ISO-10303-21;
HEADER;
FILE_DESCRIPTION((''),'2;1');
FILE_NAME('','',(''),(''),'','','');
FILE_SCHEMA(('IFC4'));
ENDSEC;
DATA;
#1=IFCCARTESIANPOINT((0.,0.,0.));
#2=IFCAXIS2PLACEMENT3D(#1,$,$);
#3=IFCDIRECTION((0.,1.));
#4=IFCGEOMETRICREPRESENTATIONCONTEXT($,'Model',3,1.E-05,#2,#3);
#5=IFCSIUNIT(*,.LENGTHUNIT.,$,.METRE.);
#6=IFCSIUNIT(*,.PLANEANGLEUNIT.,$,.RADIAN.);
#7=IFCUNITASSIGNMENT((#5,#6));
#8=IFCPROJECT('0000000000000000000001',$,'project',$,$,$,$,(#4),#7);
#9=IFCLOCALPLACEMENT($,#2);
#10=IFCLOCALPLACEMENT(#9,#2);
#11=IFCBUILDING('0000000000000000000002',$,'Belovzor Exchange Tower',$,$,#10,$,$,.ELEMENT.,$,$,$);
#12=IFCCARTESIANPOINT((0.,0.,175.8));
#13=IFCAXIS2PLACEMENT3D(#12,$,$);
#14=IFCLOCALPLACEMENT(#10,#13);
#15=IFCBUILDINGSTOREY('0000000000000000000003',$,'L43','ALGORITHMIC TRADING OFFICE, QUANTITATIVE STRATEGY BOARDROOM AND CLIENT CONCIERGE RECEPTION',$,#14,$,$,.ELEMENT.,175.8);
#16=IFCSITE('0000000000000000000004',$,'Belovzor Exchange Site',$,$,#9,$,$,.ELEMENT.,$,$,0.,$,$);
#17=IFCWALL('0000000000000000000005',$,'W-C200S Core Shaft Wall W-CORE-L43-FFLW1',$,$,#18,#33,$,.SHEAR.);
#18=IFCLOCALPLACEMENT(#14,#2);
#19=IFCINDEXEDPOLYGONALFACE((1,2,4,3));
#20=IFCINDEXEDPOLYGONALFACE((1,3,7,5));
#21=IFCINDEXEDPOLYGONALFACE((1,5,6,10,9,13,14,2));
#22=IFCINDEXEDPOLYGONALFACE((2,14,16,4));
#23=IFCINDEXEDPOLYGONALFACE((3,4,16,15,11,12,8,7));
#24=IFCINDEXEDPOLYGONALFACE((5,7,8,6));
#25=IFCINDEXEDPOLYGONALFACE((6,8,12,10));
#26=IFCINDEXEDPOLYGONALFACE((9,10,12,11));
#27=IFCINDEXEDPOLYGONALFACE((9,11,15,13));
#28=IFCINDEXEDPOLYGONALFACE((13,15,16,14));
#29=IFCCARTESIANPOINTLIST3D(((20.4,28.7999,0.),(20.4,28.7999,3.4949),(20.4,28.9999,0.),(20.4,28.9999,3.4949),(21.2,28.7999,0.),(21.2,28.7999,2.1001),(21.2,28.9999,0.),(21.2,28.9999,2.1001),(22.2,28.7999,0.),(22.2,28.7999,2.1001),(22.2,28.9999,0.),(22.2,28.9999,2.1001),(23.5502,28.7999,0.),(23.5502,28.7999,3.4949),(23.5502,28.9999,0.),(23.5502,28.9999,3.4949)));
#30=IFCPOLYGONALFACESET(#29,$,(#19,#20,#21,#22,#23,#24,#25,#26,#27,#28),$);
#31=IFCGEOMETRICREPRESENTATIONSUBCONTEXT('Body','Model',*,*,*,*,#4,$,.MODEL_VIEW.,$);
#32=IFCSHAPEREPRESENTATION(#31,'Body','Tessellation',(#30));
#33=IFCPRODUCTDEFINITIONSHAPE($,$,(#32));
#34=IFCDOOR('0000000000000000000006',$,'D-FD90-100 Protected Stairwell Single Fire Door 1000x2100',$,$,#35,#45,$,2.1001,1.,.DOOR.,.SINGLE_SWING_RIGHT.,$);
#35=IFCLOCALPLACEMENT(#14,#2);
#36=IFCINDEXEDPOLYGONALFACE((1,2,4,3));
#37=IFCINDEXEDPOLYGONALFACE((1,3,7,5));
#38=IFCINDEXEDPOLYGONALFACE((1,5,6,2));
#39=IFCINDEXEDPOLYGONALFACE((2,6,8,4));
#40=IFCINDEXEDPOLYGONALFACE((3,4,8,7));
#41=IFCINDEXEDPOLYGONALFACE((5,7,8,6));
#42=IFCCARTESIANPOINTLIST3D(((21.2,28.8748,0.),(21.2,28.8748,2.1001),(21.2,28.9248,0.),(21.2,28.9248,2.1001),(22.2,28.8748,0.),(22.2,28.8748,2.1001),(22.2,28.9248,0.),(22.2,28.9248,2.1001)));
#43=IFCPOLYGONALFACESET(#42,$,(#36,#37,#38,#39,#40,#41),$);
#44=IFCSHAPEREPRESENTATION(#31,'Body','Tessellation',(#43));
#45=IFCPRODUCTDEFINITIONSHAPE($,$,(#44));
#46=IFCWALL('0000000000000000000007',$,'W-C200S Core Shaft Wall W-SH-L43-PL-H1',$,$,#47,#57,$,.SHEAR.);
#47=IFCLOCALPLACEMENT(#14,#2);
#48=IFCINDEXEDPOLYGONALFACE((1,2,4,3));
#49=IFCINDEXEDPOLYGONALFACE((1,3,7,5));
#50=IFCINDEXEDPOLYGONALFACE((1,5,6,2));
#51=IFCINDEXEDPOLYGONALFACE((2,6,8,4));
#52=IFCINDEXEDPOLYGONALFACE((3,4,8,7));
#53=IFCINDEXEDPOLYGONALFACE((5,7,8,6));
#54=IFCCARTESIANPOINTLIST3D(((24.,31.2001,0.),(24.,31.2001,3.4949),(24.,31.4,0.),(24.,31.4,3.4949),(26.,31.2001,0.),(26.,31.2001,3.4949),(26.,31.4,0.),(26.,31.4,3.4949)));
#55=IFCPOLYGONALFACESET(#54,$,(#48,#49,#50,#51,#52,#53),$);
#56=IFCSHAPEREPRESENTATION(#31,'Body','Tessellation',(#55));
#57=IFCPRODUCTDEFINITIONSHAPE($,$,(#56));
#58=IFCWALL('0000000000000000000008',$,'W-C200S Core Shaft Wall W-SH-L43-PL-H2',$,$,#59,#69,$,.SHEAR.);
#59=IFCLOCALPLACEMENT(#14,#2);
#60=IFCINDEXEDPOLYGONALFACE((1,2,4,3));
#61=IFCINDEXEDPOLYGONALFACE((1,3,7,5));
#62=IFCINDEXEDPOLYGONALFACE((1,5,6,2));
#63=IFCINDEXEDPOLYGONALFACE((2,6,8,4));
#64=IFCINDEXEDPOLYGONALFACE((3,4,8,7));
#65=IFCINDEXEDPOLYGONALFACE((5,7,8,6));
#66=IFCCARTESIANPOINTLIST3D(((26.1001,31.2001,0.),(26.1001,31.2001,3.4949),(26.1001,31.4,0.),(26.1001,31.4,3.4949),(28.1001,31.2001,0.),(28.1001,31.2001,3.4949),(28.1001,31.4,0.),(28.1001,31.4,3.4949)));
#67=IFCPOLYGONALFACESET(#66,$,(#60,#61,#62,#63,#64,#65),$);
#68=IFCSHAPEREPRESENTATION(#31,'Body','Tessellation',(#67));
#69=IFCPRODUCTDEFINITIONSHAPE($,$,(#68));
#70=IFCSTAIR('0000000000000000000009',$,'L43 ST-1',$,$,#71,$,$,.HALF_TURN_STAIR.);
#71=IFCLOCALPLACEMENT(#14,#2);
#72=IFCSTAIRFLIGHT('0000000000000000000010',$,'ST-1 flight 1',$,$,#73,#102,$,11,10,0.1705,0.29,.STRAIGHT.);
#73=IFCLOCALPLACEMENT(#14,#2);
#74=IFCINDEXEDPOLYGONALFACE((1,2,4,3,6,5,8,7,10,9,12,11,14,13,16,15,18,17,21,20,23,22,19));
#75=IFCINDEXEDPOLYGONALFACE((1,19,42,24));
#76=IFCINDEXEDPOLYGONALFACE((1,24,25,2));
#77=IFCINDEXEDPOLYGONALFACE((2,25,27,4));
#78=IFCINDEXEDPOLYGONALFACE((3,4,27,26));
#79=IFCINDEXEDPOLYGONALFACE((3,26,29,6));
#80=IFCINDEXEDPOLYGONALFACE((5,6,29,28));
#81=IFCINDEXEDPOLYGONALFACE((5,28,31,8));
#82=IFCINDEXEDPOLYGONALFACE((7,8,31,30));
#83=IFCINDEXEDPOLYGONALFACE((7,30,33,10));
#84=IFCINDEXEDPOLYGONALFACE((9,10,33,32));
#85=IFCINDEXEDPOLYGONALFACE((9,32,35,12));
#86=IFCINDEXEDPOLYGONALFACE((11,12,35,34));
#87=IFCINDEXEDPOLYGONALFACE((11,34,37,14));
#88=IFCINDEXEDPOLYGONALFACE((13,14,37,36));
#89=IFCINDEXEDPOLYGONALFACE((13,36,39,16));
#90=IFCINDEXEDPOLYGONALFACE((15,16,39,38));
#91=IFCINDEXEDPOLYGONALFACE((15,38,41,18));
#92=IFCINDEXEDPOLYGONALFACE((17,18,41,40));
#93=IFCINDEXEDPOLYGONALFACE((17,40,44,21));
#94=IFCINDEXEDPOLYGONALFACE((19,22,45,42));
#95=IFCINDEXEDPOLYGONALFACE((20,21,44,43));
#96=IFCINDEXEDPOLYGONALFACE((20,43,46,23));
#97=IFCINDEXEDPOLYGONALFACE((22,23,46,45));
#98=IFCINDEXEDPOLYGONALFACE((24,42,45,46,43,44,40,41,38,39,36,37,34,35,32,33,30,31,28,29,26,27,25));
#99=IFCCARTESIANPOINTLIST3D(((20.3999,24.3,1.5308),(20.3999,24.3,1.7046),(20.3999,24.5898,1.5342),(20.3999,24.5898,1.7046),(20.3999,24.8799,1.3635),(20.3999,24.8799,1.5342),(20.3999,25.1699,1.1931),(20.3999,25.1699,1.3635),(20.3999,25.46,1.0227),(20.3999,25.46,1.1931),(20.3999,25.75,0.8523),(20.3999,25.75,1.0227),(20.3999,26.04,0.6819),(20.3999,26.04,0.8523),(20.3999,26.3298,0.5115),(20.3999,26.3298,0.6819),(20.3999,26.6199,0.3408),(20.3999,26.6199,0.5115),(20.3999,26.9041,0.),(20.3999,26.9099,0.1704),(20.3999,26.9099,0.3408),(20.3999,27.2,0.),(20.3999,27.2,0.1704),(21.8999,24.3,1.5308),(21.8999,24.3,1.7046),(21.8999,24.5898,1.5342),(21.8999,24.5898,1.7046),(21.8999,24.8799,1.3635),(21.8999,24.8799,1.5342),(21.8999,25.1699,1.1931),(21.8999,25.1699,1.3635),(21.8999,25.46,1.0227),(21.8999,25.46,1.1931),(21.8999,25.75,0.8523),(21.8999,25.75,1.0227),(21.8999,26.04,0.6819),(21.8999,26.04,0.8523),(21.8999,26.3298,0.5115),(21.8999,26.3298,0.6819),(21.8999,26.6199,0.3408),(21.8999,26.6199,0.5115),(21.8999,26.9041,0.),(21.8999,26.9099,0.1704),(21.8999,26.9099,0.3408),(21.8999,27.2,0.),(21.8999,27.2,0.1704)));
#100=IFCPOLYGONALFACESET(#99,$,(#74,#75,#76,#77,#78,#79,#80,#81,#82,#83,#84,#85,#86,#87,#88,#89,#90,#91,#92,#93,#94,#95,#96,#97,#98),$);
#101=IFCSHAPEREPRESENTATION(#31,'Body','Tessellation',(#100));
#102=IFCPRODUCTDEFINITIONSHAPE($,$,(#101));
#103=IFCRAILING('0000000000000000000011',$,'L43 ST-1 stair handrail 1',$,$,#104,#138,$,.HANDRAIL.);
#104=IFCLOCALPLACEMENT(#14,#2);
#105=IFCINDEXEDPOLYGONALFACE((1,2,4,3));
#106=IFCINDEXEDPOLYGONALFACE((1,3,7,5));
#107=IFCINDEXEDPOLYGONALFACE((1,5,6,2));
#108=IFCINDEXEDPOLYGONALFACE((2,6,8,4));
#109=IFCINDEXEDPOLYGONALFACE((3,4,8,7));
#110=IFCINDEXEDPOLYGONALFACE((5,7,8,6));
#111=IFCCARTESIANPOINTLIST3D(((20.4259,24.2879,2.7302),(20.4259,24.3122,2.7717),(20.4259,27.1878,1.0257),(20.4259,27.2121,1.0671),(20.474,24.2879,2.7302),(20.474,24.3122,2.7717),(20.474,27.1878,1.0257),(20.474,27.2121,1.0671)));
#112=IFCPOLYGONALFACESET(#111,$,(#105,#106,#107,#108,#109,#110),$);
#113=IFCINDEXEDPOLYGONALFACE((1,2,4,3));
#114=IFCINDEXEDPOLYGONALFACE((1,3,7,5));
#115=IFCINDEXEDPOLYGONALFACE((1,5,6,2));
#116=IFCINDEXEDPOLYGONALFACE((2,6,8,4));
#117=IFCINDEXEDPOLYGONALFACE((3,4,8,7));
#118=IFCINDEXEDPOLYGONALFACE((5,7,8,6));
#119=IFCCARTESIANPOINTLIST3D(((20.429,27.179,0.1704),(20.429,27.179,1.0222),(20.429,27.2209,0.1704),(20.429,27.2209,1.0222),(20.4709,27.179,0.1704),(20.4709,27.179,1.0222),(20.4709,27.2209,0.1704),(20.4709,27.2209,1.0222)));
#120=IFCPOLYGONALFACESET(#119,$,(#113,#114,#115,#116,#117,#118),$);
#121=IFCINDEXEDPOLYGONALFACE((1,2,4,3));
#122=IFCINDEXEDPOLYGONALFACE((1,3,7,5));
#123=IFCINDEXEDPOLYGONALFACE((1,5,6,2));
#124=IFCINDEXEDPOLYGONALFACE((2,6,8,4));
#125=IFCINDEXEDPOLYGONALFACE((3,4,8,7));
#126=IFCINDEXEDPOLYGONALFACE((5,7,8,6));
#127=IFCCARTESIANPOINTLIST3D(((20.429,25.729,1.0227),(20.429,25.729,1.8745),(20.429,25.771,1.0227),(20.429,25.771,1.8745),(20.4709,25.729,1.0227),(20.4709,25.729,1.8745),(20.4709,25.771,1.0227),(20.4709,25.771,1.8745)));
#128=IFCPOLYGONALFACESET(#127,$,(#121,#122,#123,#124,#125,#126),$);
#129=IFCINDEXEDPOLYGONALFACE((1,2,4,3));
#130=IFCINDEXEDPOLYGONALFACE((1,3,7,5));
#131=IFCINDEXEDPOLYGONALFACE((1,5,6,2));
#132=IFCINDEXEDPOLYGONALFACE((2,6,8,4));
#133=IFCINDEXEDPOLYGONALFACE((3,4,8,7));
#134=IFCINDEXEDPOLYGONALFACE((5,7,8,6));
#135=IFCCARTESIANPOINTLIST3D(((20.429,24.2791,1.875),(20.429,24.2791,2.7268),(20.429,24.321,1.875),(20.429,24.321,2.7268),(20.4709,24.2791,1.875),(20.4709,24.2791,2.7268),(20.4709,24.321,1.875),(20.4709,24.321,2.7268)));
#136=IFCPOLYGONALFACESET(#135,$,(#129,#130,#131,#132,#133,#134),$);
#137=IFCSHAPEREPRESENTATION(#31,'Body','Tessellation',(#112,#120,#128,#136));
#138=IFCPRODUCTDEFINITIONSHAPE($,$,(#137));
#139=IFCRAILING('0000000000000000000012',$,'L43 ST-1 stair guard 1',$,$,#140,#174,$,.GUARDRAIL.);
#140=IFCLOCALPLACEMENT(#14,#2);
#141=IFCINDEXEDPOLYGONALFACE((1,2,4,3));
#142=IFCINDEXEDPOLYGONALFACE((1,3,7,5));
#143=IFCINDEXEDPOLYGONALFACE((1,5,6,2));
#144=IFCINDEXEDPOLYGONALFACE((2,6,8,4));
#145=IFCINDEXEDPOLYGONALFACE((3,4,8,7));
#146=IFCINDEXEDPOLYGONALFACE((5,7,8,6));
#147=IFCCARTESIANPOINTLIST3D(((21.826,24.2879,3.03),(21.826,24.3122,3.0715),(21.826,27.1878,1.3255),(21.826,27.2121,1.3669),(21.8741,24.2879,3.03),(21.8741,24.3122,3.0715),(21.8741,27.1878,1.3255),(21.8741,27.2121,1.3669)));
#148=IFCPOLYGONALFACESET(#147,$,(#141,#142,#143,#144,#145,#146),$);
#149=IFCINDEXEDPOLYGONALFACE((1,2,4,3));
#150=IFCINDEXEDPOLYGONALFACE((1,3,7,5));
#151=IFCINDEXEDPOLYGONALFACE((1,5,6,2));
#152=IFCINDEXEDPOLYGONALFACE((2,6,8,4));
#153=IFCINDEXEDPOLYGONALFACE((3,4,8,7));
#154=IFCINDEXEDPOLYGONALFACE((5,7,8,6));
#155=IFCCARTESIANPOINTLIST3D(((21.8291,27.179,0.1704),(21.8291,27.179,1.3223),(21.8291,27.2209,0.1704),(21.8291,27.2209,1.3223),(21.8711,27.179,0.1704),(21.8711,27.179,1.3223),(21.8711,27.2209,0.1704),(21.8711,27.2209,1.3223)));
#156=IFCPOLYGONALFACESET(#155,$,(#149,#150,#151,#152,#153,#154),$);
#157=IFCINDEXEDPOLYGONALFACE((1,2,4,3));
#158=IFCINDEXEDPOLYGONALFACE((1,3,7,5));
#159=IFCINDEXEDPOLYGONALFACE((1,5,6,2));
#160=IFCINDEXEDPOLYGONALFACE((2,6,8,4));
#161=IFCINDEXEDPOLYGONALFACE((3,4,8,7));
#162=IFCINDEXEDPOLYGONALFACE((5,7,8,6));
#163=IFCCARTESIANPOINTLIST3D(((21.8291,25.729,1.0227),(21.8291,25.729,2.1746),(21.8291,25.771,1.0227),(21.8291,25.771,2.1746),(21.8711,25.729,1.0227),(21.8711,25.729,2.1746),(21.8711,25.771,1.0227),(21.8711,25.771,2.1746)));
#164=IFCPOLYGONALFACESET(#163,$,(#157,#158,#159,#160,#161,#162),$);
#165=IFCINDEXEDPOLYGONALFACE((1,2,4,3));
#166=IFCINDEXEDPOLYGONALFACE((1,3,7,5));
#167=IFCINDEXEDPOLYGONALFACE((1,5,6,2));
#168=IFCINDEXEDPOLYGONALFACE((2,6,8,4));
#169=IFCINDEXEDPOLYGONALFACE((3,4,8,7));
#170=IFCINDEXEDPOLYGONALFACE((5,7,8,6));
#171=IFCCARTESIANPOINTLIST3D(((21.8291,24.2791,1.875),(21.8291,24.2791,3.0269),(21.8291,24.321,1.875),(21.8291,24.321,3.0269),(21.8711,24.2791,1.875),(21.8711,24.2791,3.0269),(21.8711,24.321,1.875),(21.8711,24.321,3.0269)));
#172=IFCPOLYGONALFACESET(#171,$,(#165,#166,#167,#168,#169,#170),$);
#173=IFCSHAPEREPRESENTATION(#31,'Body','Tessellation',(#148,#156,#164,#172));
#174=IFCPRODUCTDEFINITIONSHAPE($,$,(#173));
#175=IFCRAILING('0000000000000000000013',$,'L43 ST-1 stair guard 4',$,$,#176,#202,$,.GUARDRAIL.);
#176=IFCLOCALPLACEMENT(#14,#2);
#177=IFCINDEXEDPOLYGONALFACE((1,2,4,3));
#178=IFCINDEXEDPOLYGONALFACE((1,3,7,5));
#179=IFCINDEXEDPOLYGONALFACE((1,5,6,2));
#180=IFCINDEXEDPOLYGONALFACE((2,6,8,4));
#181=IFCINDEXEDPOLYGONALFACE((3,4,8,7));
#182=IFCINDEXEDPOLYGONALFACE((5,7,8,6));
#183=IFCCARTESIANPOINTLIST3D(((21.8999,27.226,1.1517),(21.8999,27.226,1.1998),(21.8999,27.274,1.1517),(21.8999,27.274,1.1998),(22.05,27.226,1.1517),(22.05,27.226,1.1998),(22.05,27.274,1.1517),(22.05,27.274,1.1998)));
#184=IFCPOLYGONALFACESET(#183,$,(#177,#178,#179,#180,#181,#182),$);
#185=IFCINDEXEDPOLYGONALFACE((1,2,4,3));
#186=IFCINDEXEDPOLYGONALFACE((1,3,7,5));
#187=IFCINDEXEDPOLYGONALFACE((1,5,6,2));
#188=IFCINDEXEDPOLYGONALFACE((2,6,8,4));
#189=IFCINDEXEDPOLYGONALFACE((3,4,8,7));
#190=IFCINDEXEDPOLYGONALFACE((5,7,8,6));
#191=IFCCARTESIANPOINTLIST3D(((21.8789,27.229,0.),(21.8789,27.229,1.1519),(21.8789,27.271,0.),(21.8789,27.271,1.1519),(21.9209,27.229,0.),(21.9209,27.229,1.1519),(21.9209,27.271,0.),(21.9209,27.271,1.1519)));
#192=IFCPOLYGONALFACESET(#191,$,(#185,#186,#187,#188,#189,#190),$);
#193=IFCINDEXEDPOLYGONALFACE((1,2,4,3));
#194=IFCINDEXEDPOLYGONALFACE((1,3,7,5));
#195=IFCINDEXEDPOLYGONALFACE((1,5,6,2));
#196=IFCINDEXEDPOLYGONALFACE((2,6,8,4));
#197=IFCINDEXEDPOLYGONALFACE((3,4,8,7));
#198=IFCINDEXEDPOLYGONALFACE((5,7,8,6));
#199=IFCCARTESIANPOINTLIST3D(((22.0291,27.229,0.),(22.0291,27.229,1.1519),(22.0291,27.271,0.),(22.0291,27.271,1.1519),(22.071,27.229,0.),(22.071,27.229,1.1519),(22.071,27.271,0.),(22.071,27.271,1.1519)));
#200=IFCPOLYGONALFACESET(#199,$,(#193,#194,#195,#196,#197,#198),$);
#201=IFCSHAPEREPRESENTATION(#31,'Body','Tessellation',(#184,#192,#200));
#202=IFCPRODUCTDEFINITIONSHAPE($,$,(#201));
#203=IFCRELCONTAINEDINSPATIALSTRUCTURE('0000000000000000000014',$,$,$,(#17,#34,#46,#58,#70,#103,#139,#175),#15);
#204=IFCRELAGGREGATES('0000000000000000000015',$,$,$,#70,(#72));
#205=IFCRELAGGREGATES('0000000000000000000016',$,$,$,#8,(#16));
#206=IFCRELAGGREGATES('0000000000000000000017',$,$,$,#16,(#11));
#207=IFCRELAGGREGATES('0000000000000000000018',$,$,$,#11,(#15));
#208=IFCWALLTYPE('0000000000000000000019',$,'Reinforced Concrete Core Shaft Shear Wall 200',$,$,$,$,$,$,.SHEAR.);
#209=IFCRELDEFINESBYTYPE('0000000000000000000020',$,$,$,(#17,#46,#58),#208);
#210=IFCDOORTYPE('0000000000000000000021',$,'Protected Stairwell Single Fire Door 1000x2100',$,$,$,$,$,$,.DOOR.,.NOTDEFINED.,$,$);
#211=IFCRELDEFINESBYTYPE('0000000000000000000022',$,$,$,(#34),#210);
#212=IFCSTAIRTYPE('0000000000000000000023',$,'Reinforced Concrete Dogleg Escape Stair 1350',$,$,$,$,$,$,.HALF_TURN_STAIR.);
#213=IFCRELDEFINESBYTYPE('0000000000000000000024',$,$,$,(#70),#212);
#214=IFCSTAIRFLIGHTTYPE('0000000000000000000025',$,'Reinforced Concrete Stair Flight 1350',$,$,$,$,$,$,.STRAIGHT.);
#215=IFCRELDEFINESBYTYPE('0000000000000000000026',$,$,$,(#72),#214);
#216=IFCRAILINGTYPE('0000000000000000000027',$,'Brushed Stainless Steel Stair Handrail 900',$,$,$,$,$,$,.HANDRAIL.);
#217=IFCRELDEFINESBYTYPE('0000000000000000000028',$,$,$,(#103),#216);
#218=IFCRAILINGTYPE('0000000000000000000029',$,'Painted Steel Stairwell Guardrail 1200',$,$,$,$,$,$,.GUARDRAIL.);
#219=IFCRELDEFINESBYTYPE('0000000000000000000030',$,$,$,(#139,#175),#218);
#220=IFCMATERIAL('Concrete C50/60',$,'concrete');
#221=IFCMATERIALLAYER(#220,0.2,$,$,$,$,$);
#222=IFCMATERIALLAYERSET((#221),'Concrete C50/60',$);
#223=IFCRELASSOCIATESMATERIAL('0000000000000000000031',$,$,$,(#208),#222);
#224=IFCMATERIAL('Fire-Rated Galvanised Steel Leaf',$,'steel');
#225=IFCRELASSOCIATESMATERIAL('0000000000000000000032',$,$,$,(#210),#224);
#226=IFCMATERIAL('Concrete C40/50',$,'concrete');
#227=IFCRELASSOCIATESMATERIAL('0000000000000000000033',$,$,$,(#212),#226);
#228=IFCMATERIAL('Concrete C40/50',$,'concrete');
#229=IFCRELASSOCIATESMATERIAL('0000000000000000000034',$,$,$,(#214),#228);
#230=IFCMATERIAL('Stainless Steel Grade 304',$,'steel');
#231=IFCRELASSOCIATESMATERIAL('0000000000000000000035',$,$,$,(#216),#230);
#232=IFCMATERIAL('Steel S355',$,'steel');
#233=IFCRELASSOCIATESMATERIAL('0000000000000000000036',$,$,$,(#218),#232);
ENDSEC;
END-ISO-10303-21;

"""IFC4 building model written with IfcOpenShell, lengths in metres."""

from ifc_helpers import new_model, si_unit, direction, frame, frame_2d, origin, origin_2d, place, context, subcontext, project, spatial, polyline, rectangle, outline, extrude, material, layer, layer_set, type_object, element, fill, aggregate, save


model = new_model("IFC4")

# Units and contexts
model_context = context("Model", 3, precision=1e-05, world=origin(), true_north=direction((0.0, 1.0)))
body_context = subcontext(model_context, "Body", "Model", "MODEL_VIEW")
ifc_project = project(units=[si_unit("LENGTHUNIT", "METRE"), si_unit("PLANEANGLEUNIT", "RADIAN")], contexts=[model_context])

# Site, building, storey
site_placement = place(None, origin())
site = spatial("IfcSite", under=ifc_project, at=site_placement, Name="Belovzor Exchange Site", CompositionType="ELEMENT", RefElevation=0.0)
building_placement = place(site_placement, origin())
building = spatial("IfcBuilding", under=site, at=building_placement, Name="Belovzor Exchange Tower", CompositionType="ELEMENT")
storey_placement = place(building_placement, frame((0.0, 0.0, 175.8)))
storey = spatial("IfcBuildingStorey", under=building, at=storey_placement, Name="L43", Description="ALGORITHMIC TRADING OFFICE, QUANTITATIVE STRATEGY BOARDROOM AND CLIENT CONCIERGE RECEPTION", CompositionType="ELEMENT", Elevation=175.8)

# Wall, opening, door
ifc_material_1 = material(Name="Concrete C50/60", Category="concrete")
ifc_layer_1 = layer(ifc_material_1, 0.2)
ifc_layer_set_1 = layer_set([ifc_layer_1], Name="Concrete C50/60")
wall_type_1 = type_object("IfcWallType", Name="Reinforced Concrete Core Shaft Shear Wall 200", PredefinedType="SHEAR", material=ifc_layer_set_1)
wall_1_placement = place(storey_placement, frame((20.3999, 28.8999, 0.0), z_axis=(0.0, 0.0, 1.0), x_axis=(1.0, 0.0, 0.0)))
wall_1 = element("IfcWall", 1, at=wall_1_placement, inside=storey, type_object=wall_type_1, Name="W-C200S Core Shaft Wall W-CORE-L43-FFLW1", PredefinedType="SHEAR", context=body_context, shape_type="SweptSolid", body=[
    extrude(rectangle(XDim=3.1501, YDim=0.2, at=frame_2d((1.5752, 0.0))), origin(), (0.0, 0.0, 1.0), 3.4949),
])
opening_1_placement = place(wall_1_placement, frame((0.8, 0.0, 0.0)))
opening_1 = element("IfcOpeningElement", 2, at=opening_1_placement, cuts=wall_1, PredefinedType="OPENING", context=body_context, shape_type="SweptSolid", body=[
    extrude(rectangle(XDim=1.0, YDim=2.1001, at=frame_2d((0.5, 1.05))), frame((0.0, 0.1099, 0.0), z_axis=(0.0, -1.0, 0.0), x_axis=(1.0, 0.0, 0.0)), (0.0, 0.0, 1.0), 0.22),
])
ifc_material_2 = material(Name="Fire-Rated Galvanised Steel Leaf", Category="steel")
door_type_1 = type_object("IfcDoorType", Name="Protected Stairwell Single Fire Door 1000x2100", OperationType="NOTDEFINED", PredefinedType="DOOR", material=ifc_material_2)
door_1_placement = place(opening_1_placement, origin())
door_1 = element("IfcDoor", 3, at=door_1_placement, inside=storey, type_object=door_type_1, Name="D-FD90-100 Protected Stairwell Single Fire Door 1000x2100", OperationType="SINGLE_SWING_RIGHT", OverallHeight=2.1001, OverallWidth=1.0, PredefinedType="DOOR", context=body_context, shape_type="SweptSolid", body=[
    extrude(rectangle(XDim=1.0, YDim=2.1001, at=frame_2d((0.5, 1.05))), frame((0.0, 0.0249, 0.0), z_axis=(0.0, -1.0, 0.0), x_axis=(1.0, 0.0, 0.0)), (0.0, 0.0, 1.0), 0.05),
])
fill(opening_1, door_1)

# Walls
for number, where, z_axis, x_axis, name in (
    (4, (24.0, 31.3, 0.0), (0.0, 0.0, 1.0), (1.0, 0.0, 0.0), "W-C200S Core Shaft Wall W-SH-L43-PL-H1"),
    (5, (26.1001, 31.3, 0.0), (0.0, 0.0, 1.0), (1.0, 0.0, 0.0), "W-C200S Core Shaft Wall W-SH-L43-PL-H2"),
):
    element("IfcWall", number, at=place(storey_placement, frame(where, z_axis=z_axis, x_axis=x_axis)), inside=storey, type_object=wall_type_1, Name=name, PredefinedType="SHEAR", context=body_context, shape_type="SweptSolid", body=[
        extrude(rectangle(XDim=2.0, YDim=0.2, at=frame_2d((1.0, 0.0))), origin(), (0.0, 0.0, 1.0), 3.4949),
    ])

# Stair, stair flight
ifc_material_3 = material(Name="Concrete C40/50", Category="concrete")
stair_type = type_object("IfcStairType", Name="Reinforced Concrete Dogleg Escape Stair 1350", PredefinedType="HALF_TURN_STAIR", material=ifc_material_3)
stair_placement = place(storey_placement, origin())
stair = element("IfcStair", 6, at=stair_placement, inside=storey, type_object=stair_type, Name="L43 ST-1", PredefinedType="HALF_TURN_STAIR")
ifc_material_4 = material(Name="Concrete C40/50", Category="concrete")
stair_flight_type = type_object("IfcStairFlightType", Name="Reinforced Concrete Stair Flight 1350", PredefinedType="STRAIGHT", material=ifc_material_4)
stair_flight_placement = place(storey_placement, frame((21.1499, 27.2, 0.0), z_axis=(0.0, 0.0, 1.0), x_axis=(0.0, -1.0, 0.0)))
stair_flight = element("IfcStairFlight", 7, at=stair_flight_placement, type_object=stair_flight_type, Name="ST-1 flight 1", NumberOfRisers=11, NumberOfTreads=10, PredefinedType="STRAIGHT", RiserHeight=0.1705, TreadLength=0.29, context=body_context, shape_type="SweptSolid", body=[
    extrude(outline(polyline([(0.0, 0.0), (0.0, 0.1704), (0.29, 0.1704), (0.29, 0.3408), (0.5801, 0.3408), (0.5801, 0.5115), (0.8701, 0.5115), (0.8701, 0.6819), (1.1599, 0.6819), (1.1599, 0.8523), (1.45, 0.8523), (1.45, 1.0227), (1.74, 1.0227), (1.74, 1.1931), (2.03, 1.1931), (2.03, 1.3635), (2.3201, 1.3635), (2.3201, 1.5342), (2.6101, 1.5342), (2.6101, 1.7046), (2.8999, 1.7046), (2.8999, 1.875), (2.8999, 1.5308), (0.2959, 0.0), (0.0, 0.0)])), frame((0.0, 0.75, 0.0), z_axis=(0.0, -1.0, 0.0), x_axis=(1.0, 0.0, 0.0)), (0.0, 0.0, 1.0), 1.5),
])
aggregate(stair, [stair_flight])

# Railings
ifc_material_5 = material(Name="Stainless Steel Grade 304", Category="steel")
railing_type_1 = type_object("IfcRailingType", Name="Brushed Stainless Steel Stair Handrail 900", PredefinedType="HANDRAIL", material=ifc_material_5)
railing_1_placement = place(storey_placement, frame((20.45, 27.2, 0.1704)))
element("IfcRailing", 8, at=railing_1_placement, inside=storey, type_object=railing_type_1, Name="L43 ST-1 stair handrail 1", PredefinedType="HANDRAIL", context=body_context, shape_type="SweptSolid", body=[
    extrude(rectangle(XDim=0.0481, YDim=0.0481, at=origin_2d()), frame((0.0, 0.0, 0.876), z_axis=(0.0, -0.862095, 0.506747), x_axis=(1.0, 0.0, 0.0)), (0.0, 0.0, 1.0), 3.3638),
    extrude(rectangle(XDim=0.042, YDim=0.042, at=origin_2d()), origin(), (0.0, 0.0, 1.0), 0.8518),
    extrude(rectangle(XDim=0.042, YDim=0.042, at=origin_2d()), frame((0.0, -1.45, 0.8523)), (0.0, 0.0, 1.0), 0.8518),
    extrude(rectangle(XDim=0.042, YDim=0.042, at=origin_2d()), frame((0.0, -2.8999, 1.7046)), (0.0, 0.0, 1.0), 0.8518),
])
ifc_material_6 = material(Name="Steel S355", Category="steel")
railing_type_2 = type_object("IfcRailingType", Name="Painted Steel Stairwell Guardrail 1200", PredefinedType="GUARDRAIL", material=ifc_material_6)
railing_2_placement = place(storey_placement, frame((21.8501, 27.2, 0.1704)))
element("IfcRailing", 9, at=railing_2_placement, inside=storey, type_object=railing_type_2, Name="L43 ST-1 stair guard 1", PredefinedType="GUARDRAIL", context=body_context, shape_type="SweptSolid", body=[
    extrude(rectangle(XDim=0.0481, YDim=0.0481, at=origin_2d()), frame((0.0, 0.0, 1.1758), z_axis=(0.0, -0.862095, 0.506747), x_axis=(1.0, 0.0, 0.0)), (0.0, 0.0, 1.0), 3.3638),
    extrude(rectangle(XDim=0.042, YDim=0.042, at=origin_2d()), origin(), (0.0, 0.0, 1.0), 1.1519),
    extrude(rectangle(XDim=0.042, YDim=0.042, at=origin_2d()), frame((0.0, -1.45, 0.8523)), (0.0, 0.0, 1.0), 1.1519),
    extrude(rectangle(XDim=0.042, YDim=0.042, at=origin_2d()), frame((0.0, -2.8999, 1.7046)), (0.0, 0.0, 1.0), 1.1519),
])
railing_3_placement = place(storey_placement, frame((21.8999, 27.25, 0.0)))
element("IfcRailing", 10, at=railing_3_placement, inside=storey, type_object=railing_type_2, Name="L43 ST-1 stair guard 4", PredefinedType="GUARDRAIL", context=body_context, shape_type="SweptSolid", body=[
    extrude(rectangle(XDim=0.0481, YDim=0.0481, at=origin_2d()), frame((0.0, 0.0, 1.1758), z_axis=(1.0, 0.0, 0.0), x_axis=(0.0, 1.0, 0.0)), (0.0, 0.0, 1.0), 0.1501),
    extrude(rectangle(XDim=0.042, YDim=0.042, at=origin_2d()), origin(), (0.0, 0.0, 1.0), 1.1519),
    extrude(rectangle(XDim=0.042, YDim=0.042, at=origin_2d()), frame((0.1501, 0.0, 0.0)), (0.0, 0.0, 1.0), 1.1519),
])

save(model, "model.ifc")
